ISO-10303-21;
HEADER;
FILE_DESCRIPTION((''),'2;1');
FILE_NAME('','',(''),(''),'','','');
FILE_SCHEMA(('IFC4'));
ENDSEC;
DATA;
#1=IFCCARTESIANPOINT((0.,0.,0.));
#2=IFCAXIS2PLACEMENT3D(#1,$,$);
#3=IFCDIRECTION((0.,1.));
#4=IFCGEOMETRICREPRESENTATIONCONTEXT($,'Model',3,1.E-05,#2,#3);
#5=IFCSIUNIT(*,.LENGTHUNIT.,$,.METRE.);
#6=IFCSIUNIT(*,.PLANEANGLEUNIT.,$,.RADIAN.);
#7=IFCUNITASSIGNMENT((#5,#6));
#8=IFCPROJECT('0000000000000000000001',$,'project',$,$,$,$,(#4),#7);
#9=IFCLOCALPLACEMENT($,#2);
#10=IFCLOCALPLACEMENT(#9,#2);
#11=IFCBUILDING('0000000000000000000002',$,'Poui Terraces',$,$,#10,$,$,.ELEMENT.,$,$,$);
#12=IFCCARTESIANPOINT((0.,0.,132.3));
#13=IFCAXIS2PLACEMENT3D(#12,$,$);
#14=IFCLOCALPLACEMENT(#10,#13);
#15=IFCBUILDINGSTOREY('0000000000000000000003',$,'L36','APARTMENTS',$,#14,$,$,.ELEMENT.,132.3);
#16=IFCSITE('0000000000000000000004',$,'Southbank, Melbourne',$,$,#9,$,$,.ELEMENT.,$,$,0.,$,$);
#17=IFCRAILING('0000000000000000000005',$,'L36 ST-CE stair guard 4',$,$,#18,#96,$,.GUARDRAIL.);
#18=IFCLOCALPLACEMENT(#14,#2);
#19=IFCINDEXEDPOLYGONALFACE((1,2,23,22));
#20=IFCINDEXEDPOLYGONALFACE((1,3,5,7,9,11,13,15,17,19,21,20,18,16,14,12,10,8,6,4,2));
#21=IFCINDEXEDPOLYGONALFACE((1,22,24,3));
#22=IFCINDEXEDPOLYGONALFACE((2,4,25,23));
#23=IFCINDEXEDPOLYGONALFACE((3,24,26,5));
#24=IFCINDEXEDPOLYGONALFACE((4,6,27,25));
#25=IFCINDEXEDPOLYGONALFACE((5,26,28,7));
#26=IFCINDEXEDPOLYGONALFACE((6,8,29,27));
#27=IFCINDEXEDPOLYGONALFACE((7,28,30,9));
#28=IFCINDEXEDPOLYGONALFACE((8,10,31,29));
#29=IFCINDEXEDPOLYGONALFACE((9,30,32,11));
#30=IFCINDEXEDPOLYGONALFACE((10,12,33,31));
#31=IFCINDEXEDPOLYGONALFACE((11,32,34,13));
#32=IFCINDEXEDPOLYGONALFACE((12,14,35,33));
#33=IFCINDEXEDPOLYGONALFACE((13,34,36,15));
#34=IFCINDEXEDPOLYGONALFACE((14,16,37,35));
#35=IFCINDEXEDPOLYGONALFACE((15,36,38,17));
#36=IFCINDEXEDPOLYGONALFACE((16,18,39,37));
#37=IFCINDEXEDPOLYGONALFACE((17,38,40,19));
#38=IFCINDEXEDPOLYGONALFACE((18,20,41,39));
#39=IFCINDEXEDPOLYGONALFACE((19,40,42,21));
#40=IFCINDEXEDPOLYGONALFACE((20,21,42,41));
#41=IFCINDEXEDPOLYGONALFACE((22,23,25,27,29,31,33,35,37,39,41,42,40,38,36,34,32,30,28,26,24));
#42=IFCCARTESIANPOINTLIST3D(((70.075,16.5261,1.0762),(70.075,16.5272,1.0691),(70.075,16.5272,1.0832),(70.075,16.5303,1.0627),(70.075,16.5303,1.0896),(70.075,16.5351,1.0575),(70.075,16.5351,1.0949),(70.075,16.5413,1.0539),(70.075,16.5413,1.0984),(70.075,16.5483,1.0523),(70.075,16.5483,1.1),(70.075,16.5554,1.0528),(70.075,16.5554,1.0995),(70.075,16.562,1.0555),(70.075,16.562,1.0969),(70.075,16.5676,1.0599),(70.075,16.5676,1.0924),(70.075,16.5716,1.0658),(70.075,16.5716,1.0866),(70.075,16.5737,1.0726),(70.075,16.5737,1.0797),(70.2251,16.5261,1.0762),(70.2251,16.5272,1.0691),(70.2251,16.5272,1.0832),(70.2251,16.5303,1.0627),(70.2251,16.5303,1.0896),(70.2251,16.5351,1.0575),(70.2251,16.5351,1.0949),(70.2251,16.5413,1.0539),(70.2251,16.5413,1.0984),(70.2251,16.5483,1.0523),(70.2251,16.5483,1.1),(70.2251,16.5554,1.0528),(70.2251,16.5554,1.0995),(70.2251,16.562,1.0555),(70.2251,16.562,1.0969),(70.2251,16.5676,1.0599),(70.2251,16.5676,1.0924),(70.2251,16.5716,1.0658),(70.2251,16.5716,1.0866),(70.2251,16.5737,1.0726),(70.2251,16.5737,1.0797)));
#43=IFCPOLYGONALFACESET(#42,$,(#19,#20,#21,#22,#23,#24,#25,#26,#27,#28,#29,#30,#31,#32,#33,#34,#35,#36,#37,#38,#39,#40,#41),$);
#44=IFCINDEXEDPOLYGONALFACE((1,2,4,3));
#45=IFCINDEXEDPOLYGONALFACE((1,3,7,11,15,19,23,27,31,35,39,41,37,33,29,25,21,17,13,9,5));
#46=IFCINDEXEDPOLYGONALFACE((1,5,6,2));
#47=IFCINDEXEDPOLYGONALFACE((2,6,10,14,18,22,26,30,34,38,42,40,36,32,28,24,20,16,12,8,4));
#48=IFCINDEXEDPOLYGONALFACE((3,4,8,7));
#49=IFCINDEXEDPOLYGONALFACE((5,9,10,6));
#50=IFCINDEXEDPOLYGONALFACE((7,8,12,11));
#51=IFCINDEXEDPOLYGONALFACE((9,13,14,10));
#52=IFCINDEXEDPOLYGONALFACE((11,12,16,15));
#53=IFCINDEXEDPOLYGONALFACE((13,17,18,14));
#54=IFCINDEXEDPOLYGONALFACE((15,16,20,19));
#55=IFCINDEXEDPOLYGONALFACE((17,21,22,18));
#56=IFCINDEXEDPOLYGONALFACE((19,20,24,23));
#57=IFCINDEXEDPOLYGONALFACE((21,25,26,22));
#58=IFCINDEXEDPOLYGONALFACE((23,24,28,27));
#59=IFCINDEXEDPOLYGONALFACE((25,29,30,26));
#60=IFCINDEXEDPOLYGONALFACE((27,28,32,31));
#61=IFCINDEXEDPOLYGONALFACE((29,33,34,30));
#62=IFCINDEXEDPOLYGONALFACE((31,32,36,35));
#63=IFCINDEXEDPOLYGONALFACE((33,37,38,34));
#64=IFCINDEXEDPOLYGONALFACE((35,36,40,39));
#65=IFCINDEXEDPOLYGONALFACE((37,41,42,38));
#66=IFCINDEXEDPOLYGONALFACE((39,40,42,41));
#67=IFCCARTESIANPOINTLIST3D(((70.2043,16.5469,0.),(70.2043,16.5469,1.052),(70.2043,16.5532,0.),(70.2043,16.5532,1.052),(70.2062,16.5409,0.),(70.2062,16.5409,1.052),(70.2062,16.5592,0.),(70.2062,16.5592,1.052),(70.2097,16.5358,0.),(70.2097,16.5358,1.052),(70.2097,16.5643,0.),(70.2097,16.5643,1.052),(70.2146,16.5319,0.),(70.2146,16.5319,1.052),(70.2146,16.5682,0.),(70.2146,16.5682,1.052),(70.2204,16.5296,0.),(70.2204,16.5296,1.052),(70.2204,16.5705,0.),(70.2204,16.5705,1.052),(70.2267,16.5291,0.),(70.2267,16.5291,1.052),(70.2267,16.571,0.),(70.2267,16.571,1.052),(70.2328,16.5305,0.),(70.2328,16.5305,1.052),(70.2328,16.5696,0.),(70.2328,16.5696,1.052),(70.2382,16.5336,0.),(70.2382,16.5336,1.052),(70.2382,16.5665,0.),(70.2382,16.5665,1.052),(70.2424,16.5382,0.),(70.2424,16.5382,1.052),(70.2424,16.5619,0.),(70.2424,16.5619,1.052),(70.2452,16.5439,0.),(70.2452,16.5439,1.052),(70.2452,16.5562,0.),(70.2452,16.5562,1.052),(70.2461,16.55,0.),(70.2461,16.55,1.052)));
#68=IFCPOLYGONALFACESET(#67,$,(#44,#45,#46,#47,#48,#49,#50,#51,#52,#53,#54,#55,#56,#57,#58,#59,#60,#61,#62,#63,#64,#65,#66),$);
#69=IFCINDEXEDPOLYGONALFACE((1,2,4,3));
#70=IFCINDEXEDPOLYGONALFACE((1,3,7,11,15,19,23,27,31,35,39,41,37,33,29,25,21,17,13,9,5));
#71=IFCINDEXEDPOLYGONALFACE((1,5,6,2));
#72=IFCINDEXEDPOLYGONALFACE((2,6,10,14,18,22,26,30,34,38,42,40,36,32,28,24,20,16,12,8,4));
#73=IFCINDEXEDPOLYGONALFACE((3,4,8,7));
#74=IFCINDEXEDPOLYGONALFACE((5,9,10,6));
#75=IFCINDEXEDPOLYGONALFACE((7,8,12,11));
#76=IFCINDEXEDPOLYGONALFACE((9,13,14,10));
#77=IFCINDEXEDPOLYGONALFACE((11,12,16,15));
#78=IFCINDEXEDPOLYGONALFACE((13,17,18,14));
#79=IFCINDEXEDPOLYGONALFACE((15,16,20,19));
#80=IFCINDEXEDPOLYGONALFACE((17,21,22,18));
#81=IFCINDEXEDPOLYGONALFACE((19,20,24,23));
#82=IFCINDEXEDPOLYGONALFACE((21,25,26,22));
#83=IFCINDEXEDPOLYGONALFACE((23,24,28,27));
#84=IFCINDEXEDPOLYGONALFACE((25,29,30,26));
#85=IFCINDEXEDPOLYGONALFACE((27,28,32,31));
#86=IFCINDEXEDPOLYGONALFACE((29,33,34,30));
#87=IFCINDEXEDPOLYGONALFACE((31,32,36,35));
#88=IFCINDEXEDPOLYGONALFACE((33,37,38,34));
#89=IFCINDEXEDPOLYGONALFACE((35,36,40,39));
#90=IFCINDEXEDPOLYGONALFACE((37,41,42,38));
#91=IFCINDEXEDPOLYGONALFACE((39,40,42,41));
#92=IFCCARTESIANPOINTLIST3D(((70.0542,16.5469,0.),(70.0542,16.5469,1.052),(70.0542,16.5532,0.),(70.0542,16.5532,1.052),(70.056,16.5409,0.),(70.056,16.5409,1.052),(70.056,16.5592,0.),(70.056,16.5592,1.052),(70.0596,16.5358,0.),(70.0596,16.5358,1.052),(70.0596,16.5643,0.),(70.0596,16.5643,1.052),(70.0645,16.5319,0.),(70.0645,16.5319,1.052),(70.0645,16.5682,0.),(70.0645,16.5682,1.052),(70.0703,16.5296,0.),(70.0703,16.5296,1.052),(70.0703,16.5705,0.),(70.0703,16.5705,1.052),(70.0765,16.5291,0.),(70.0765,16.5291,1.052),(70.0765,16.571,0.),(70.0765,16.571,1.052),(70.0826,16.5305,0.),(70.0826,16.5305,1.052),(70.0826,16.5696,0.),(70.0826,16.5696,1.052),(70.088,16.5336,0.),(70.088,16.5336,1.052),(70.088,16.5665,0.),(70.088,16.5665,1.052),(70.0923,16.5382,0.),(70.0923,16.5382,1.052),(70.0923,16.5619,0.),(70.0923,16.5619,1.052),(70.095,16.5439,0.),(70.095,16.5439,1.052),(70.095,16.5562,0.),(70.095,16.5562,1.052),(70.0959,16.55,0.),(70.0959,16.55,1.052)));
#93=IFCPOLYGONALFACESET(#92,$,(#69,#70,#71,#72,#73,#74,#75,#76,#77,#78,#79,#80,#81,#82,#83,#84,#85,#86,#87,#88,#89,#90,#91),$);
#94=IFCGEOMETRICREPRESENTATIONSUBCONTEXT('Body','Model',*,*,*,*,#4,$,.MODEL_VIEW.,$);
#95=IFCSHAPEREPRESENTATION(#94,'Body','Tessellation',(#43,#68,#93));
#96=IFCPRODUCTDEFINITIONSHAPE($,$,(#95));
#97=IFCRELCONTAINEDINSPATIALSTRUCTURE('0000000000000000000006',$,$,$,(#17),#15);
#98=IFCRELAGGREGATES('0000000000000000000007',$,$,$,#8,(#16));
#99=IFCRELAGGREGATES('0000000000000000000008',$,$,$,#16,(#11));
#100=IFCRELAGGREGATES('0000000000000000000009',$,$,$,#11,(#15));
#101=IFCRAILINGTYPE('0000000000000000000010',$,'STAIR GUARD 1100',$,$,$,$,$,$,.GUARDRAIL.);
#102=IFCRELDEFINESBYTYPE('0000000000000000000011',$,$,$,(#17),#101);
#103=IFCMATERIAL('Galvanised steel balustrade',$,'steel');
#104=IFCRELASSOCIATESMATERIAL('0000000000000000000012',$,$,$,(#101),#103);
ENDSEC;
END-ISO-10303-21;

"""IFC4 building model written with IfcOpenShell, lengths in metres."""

from ifc_helpers import new_model, si_unit, direction, frame, origin, origin_2d, place, context, subcontext, project, spatial, circle, extrude, material, type_object, element, save


model = new_model("IFC4")

# Units and contexts
model_context = context("Model", 3, precision=1e-05, world=origin(), true_north=direction((0.0, 1.0)))
body_context = subcontext(model_context, "Body", "Model", "MODEL_VIEW")
ifc_project = project(units=[si_unit("LENGTHUNIT", "METRE"), si_unit("PLANEANGLEUNIT", "RADIAN")], contexts=[model_context])

# Site, building, storey
site_placement = place(None, origin())
site = spatial("IfcSite", under=ifc_project, at=site_placement, Name="Southbank, Melbourne", CompositionType="ELEMENT", RefElevation=0.0)
building_placement = place(site_placement, origin())
building = spatial("IfcBuilding", under=site, at=building_placement, Name="Poui Terraces", CompositionType="ELEMENT")
storey_placement = place(building_placement, frame((0.0, 0.0, 132.3)))
storey = spatial("IfcBuildingStorey", under=building, at=storey_placement, Name="L36", Description="APARTMENTS", CompositionType="ELEMENT", Elevation=132.3)

# Railing
ifc_material_1 = material(Name="Galvanised steel balustrade", Category="steel")
railing_type_1 = type_object("IfcRailingType", Name="STAIR GUARD 1100", PredefinedType="GUARDRAIL", material=ifc_material_1)
railing_1_placement = place(storey_placement, frame((70.2251, 16.55, 0.0)))
element("IfcRailing", 1, at=railing_1_placement, inside=storey, type_object=railing_type_1, Name="L36 ST-CE stair guard 4", PredefinedType="GUARDRAIL", context=body_context, shape_type="SweptSolid", body=[
    extrude(circle(Radius=0.0239, at=origin_2d()), frame((0.0, 0.0, 1.0762), z_axis=(-1.0, 0.0, 0.0), x_axis=(0.0, -1.0, 0.0)), (0.0, 0.0, 1.0), 0.1501),
    extrude(circle(Radius=0.021, at=origin_2d()), origin(), (0.0, 0.0, 1.0), 1.052),
    extrude(circle(Radius=0.021, at=origin_2d()), frame((-0.1501, 0.0, 0.0)), (0.0, 0.0, 1.0), 1.052),
])

save(model, "model.ifc")
